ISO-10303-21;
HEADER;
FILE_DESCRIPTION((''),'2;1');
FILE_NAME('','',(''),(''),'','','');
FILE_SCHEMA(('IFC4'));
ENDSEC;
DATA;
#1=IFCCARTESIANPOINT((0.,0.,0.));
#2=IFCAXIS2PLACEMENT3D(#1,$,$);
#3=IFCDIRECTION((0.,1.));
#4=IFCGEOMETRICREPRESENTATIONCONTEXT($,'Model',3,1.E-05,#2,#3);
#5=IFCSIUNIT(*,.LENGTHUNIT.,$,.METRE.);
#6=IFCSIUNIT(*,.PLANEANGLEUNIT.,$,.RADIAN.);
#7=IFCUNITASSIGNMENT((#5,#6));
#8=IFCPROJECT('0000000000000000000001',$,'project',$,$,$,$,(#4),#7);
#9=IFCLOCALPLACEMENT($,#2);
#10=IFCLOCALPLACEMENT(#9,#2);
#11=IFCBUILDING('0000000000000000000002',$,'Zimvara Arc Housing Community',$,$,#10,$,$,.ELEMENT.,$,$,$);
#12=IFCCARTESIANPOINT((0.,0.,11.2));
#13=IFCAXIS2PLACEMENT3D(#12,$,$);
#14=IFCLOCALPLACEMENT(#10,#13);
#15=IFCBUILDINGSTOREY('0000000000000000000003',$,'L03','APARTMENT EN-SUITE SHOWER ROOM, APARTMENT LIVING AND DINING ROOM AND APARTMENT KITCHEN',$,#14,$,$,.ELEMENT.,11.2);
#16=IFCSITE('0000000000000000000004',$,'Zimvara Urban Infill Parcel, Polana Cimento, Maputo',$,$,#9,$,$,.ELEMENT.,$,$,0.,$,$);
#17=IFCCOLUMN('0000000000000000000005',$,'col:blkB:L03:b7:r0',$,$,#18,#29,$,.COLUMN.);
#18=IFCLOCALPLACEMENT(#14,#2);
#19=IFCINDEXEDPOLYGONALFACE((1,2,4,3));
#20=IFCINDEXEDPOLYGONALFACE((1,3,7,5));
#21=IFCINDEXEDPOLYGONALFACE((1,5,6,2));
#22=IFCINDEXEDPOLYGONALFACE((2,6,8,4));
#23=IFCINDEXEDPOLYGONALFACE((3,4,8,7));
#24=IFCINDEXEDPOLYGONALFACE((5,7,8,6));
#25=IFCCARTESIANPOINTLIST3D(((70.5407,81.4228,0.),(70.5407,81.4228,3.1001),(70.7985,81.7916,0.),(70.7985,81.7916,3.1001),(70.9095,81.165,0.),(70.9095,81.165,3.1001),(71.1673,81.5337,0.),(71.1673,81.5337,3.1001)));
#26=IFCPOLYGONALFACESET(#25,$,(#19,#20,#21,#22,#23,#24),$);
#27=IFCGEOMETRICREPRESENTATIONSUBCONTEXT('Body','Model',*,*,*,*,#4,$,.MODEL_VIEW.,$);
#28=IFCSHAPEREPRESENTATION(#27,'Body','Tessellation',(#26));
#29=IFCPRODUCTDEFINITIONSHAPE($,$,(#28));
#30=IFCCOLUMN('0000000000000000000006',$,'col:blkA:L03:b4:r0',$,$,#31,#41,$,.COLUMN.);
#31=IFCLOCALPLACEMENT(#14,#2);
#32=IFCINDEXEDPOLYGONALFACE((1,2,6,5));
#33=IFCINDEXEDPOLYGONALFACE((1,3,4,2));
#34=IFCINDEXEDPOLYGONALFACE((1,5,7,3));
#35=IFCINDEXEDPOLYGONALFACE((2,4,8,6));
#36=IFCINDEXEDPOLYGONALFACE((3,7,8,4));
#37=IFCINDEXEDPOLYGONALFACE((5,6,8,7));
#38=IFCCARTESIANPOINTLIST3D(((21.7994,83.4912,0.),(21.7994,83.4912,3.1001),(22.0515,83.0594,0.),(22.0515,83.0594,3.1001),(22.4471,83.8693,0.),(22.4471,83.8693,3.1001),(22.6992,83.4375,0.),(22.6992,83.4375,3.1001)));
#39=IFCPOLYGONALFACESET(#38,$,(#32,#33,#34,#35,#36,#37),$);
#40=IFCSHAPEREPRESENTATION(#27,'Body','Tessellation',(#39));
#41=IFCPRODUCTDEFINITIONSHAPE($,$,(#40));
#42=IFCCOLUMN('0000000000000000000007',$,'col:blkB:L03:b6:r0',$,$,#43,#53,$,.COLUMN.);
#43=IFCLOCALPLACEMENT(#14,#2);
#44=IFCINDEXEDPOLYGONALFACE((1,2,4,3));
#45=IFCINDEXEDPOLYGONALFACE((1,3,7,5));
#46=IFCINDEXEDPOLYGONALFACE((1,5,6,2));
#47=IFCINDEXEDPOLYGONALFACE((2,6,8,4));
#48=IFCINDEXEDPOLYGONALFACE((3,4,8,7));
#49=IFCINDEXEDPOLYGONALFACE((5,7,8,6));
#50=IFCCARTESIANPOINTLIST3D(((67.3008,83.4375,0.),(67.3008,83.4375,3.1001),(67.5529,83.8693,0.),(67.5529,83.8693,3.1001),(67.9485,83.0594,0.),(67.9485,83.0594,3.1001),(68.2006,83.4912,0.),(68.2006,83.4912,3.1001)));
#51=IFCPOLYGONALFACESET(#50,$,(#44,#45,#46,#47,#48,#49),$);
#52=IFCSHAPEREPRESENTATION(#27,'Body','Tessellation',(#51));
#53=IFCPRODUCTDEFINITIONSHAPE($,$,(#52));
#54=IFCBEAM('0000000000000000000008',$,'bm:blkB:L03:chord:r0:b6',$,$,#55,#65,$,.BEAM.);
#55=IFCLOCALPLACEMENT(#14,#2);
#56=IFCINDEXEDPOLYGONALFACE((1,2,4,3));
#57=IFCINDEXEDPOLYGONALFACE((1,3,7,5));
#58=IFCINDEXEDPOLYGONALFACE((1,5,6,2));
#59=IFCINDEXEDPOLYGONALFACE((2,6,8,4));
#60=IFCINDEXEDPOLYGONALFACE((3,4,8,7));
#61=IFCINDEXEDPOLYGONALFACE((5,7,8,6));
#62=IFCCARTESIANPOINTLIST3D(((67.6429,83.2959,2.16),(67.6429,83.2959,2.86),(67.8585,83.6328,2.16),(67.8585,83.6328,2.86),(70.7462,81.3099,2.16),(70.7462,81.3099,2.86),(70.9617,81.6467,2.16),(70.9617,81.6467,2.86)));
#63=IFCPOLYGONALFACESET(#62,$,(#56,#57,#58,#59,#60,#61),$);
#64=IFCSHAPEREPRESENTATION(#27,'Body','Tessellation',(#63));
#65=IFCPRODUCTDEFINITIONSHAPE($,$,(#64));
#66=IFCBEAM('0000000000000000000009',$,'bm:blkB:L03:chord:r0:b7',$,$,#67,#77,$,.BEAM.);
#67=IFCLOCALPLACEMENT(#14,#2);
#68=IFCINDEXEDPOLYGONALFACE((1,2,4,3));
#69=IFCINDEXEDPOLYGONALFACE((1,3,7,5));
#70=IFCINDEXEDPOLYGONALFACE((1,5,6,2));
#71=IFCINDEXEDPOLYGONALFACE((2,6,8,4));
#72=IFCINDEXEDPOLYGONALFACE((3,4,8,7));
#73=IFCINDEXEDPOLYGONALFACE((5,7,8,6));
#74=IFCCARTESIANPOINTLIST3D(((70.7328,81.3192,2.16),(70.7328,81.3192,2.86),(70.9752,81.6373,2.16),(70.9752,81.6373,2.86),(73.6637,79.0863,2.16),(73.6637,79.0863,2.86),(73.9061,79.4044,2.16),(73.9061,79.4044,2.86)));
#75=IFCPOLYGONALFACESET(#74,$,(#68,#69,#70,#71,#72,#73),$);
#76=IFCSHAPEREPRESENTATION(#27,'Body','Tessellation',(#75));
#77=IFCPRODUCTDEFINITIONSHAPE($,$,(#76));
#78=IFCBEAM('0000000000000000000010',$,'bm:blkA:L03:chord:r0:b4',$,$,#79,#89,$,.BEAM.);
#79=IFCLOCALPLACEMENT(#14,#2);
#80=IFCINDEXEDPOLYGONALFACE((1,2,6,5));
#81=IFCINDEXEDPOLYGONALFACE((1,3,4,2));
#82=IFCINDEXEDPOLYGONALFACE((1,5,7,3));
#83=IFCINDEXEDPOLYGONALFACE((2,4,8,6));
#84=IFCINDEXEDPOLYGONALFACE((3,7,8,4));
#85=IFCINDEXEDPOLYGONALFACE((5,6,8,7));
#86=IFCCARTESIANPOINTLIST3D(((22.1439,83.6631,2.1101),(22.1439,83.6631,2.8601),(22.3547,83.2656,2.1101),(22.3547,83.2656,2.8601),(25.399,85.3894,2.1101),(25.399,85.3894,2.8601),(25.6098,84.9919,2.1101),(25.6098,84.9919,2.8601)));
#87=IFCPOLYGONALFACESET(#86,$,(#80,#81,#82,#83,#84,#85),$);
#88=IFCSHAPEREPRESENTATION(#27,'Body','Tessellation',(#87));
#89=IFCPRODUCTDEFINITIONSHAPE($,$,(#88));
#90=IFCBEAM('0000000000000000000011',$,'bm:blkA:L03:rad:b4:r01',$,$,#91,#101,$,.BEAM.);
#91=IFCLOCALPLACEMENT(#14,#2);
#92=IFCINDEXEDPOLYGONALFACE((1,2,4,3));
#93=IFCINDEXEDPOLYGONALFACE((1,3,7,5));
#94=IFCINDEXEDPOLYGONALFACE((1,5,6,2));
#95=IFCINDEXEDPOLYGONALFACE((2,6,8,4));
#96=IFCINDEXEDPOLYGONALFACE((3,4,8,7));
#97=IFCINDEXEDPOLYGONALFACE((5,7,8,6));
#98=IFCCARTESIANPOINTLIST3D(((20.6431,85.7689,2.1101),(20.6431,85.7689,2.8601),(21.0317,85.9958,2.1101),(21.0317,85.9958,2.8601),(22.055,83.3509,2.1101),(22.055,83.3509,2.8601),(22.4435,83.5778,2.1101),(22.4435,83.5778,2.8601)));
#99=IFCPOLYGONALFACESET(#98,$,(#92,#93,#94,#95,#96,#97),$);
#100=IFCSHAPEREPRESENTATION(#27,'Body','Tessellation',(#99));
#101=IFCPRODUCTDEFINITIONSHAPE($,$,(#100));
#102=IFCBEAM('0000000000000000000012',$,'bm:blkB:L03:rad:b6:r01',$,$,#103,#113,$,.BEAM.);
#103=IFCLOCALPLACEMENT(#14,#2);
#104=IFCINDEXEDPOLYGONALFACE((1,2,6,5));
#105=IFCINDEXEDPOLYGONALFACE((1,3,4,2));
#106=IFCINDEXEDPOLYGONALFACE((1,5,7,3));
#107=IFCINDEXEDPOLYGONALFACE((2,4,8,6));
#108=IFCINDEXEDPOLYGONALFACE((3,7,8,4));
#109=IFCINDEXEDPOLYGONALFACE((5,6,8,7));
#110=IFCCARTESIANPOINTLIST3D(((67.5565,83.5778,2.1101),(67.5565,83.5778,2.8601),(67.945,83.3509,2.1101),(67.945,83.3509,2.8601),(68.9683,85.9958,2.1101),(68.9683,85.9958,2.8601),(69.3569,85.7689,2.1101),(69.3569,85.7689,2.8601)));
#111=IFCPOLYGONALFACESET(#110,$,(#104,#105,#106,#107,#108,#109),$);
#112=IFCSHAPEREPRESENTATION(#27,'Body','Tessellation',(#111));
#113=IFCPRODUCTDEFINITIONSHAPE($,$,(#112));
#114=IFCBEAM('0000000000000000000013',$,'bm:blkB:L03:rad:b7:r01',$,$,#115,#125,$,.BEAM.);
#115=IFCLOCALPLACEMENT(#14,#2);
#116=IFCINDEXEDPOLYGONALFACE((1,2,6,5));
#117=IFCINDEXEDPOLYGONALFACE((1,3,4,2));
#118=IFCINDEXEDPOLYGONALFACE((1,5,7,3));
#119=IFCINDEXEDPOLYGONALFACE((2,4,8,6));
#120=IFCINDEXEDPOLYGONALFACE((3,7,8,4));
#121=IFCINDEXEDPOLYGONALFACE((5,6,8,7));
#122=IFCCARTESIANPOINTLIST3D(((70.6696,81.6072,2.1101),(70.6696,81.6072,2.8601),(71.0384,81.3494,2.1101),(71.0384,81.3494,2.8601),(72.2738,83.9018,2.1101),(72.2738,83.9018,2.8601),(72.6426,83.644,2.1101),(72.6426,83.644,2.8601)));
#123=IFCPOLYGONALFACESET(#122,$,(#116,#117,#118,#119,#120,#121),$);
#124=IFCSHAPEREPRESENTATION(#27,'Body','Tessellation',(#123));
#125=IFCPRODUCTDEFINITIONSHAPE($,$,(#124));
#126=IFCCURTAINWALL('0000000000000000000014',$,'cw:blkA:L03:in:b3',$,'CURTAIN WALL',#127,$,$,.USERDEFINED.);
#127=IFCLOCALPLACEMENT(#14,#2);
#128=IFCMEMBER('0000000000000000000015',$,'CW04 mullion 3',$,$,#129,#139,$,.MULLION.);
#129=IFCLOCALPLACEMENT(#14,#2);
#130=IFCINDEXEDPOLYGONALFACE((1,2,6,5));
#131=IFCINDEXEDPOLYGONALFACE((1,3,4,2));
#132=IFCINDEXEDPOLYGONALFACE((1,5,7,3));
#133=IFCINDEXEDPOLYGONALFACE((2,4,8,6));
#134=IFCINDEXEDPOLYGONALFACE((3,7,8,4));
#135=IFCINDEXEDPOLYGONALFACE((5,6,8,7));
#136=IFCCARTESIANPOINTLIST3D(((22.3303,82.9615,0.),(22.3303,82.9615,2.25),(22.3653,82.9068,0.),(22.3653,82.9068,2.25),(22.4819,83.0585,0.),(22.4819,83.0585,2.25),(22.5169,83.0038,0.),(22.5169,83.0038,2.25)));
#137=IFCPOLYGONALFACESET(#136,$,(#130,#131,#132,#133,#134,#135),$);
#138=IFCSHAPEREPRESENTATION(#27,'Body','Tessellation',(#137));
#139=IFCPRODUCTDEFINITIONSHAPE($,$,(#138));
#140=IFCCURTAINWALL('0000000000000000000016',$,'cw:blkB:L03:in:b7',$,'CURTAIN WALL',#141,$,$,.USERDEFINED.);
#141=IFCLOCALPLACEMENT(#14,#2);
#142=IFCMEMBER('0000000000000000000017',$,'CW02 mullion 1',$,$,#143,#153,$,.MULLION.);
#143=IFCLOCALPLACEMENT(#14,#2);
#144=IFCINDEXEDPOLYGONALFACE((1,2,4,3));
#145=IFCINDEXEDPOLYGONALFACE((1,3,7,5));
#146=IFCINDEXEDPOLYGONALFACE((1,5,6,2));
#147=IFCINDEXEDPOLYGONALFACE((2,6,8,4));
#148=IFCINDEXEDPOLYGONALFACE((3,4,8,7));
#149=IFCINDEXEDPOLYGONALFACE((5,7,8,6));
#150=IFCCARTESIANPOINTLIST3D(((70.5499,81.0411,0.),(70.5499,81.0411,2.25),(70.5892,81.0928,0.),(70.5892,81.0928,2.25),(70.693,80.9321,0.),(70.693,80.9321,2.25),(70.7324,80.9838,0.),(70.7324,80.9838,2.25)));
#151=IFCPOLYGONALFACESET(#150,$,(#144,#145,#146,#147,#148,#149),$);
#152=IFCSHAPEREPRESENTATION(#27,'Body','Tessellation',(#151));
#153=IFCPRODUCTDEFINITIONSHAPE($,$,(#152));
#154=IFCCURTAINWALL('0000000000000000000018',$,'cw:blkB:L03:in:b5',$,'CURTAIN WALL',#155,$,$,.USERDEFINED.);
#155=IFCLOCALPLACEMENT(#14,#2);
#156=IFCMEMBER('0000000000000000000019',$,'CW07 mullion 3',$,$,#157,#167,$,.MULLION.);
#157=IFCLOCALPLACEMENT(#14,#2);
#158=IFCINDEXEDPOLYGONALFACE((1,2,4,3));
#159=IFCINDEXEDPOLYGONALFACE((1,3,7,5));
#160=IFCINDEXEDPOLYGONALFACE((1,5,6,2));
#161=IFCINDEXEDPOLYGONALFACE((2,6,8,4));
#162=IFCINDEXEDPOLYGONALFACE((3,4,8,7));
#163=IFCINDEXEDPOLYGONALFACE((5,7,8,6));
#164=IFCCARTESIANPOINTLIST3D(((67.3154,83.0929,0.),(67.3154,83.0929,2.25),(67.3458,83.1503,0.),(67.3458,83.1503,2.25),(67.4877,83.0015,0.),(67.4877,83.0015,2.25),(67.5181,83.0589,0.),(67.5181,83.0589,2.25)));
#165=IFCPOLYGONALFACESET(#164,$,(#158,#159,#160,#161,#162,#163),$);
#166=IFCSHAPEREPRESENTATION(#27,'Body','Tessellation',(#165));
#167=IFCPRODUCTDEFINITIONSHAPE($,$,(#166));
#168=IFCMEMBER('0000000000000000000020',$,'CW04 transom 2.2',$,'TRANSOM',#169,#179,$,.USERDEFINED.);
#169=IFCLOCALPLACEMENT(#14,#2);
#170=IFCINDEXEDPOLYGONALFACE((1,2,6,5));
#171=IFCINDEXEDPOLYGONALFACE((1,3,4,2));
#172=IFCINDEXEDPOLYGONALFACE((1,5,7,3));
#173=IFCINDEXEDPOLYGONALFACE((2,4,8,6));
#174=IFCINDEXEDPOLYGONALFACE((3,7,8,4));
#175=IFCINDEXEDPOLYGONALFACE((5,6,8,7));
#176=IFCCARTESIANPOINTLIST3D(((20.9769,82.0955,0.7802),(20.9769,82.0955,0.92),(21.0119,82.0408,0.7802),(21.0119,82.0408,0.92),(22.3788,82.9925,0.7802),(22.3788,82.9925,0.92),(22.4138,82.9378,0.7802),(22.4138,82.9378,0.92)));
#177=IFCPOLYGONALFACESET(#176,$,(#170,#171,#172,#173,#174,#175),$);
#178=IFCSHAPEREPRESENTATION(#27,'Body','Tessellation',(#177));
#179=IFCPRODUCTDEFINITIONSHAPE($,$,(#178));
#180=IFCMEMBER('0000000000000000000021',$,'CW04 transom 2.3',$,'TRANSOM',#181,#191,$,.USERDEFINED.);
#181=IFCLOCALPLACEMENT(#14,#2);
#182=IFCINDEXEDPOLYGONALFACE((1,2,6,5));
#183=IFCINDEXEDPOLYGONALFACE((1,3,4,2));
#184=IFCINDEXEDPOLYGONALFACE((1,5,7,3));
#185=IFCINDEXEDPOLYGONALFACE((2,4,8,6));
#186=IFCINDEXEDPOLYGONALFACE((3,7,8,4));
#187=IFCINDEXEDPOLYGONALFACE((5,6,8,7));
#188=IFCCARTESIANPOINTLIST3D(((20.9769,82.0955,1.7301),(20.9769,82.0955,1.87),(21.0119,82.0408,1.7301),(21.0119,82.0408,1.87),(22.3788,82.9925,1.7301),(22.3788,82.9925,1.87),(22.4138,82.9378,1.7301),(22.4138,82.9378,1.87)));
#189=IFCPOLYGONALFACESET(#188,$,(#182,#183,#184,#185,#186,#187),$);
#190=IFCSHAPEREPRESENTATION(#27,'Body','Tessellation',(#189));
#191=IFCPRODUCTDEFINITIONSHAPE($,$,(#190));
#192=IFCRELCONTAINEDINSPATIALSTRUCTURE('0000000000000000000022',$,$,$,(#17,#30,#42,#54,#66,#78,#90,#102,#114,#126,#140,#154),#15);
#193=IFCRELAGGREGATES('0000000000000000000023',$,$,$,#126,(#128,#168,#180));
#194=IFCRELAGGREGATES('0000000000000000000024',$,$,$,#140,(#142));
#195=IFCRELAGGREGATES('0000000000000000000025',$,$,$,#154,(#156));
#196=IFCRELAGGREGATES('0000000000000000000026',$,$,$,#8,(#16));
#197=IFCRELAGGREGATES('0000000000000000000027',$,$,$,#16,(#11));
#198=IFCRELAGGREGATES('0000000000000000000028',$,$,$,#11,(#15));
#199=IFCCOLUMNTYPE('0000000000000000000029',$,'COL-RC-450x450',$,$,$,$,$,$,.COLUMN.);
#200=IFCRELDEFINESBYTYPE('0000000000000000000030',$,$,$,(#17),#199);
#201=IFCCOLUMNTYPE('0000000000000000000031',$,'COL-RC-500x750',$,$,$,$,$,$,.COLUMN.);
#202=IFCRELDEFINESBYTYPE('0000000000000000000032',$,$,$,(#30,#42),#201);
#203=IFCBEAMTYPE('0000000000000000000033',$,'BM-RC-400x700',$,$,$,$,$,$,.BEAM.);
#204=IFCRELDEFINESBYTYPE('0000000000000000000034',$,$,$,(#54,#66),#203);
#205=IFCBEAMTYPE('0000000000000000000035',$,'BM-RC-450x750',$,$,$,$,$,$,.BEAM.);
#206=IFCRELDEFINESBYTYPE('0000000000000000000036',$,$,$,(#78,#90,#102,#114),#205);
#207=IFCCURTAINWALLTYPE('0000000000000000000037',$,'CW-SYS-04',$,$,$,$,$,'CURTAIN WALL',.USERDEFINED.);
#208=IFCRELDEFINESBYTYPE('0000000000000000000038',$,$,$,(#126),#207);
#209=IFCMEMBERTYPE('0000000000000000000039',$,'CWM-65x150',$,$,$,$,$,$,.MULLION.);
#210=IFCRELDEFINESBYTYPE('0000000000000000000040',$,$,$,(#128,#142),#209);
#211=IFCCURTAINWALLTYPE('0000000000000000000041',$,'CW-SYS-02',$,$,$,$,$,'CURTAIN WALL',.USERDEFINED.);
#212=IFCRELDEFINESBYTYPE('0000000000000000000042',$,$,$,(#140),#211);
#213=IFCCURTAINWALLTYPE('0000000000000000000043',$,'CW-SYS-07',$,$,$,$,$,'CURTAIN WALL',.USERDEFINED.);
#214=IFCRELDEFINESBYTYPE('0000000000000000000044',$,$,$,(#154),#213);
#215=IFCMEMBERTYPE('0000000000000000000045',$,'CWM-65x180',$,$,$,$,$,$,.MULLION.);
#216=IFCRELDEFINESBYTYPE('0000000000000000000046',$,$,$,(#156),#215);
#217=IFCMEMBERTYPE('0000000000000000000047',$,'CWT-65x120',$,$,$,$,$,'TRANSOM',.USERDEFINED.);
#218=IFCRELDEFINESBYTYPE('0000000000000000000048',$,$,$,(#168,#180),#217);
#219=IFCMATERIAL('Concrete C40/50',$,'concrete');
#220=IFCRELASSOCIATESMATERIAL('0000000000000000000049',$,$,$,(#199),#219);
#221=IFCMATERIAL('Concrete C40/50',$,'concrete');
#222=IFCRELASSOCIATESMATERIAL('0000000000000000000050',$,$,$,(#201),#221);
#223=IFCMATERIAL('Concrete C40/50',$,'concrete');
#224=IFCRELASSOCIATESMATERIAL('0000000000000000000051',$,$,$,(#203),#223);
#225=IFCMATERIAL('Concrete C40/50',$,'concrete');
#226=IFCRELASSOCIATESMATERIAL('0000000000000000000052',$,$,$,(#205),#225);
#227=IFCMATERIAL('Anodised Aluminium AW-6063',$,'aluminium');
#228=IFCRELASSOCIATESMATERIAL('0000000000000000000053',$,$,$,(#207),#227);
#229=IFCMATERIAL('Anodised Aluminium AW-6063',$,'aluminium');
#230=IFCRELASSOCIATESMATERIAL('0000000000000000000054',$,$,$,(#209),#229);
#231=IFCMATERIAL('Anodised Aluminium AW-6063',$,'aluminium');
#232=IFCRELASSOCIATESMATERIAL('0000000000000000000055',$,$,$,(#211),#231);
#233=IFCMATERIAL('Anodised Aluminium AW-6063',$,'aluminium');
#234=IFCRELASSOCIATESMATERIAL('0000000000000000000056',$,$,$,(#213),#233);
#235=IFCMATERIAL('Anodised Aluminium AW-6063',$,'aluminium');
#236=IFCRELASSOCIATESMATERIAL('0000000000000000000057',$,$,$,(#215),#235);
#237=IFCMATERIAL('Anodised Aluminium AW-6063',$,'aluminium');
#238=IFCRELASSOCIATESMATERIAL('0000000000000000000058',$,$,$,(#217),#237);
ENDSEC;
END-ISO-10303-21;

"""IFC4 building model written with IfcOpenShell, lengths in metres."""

from ifc_helpers import new_model, si_unit, direction, frame, origin, origin_2d, place, context, subcontext, project, spatial, rectangle, extrude, material, material_profile, profile_set, type_object, element, aggregate, save


model = new_model("IFC4")

# Units and contexts
model_context = context("Model", 3, precision=1e-05, world=origin(), true_north=direction((0.0, 1.0)))
body_context = subcontext(model_context, "Body", "Model", "MODEL_VIEW")
ifc_project = project(units=[si_unit("LENGTHUNIT", "METRE"), si_unit("PLANEANGLEUNIT", "RADIAN")], contexts=[model_context])

# Site, building, storey
site_placement = place(None, origin())
site = spatial("IfcSite", under=ifc_project, at=site_placement, Name="Zimvara Urban Infill Parcel, Polana Cimento, Maputo", CompositionType="ELEMENT", RefElevation=0.0)
building_placement = place(site_placement, origin())
building = spatial("IfcBuilding", under=site, at=building_placement, Name="Zimvara Arc Housing Community", CompositionType="ELEMENT")
storey_placement = place(building_placement, frame((0.0, 0.0, 11.2)))
storey = spatial("IfcBuildingStorey", under=building, at=storey_placement, Name="L03", Description="APARTMENT EN-SUITE SHOWER ROOM, APARTMENT LIVING AND DINING ROOM AND APARTMENT KITCHEN", CompositionType="ELEMENT", Elevation=11.2)

# Columns
ifc_material_1 = material(Name="Concrete C40/50", Category="concrete")
ifc_material_profile_1 = material_profile(ifc_material_1, rectangle(XDim=0.45, YDim=0.45, at=origin_2d()), Name="RC 450x450")
ifc_profile_set_1 = profile_set([ifc_material_profile_1], Name="Concrete C40/50")
column_type_1 = type_object("IfcColumnType", Name="COL-RC-450x450", PredefinedType="COLUMN", material=ifc_profile_set_1)
column_placement = place(storey_placement, frame((70.854, 81.4783, 0.0), z_axis=(0.0, 0.0, 1.0), x_axis=(0.573004, 0.819552, 0.0)))
element("IfcColumn", 1, at=column_placement, inside=storey, type_object=column_type_1, Name="col:blkB:L03:b7:r0", PredefinedType="COLUMN", context=body_context, shape_type="SweptSolid", body=[
    extrude(rectangle(XDim=0.45, YDim=0.45, at=origin_2d()), origin(), (0.0, 0.0, 1.0), 3.1001),
])
ifc_material_2 = material(Name="Concrete C40/50", Category="concrete")
ifc_material_profile_2 = material_profile(ifc_material_2, rectangle(XDim=0.5, YDim=0.75, at=origin_2d()), Name="RC 500x750")
ifc_profile_set_2 = profile_set([ifc_material_profile_2], Name="Concrete C40/50")
column_type_2 = type_object("IfcColumnType", Name="COL-RC-500x750", PredefinedType="COLUMN", material=ifc_profile_set_2)
for number, where, z_axis, x_axis, name in (
    (2, (22.2493, 83.4644, 0.0), (0.0, 0.0, 1.0), (-0.504226, 0.863572, 0.0), "col:blkA:L03:b4:r0"),
    (3, (67.7507, 83.4644, 0.0), (0.0, 0.0, 1.0), (0.504226, 0.863572, 0.0), "col:blkB:L03:b6:r0"),
):
    element("IfcColumn", number, at=place(storey_placement, frame(where, z_axis=z_axis, x_axis=x_axis)), inside=storey, type_object=column_type_2, Name=name, PredefinedType="COLUMN", context=body_context, shape_type="SweptSolid", body=[
        extrude(rectangle(XDim=0.5, YDim=0.75, at=origin_2d()), origin(), (0.0, 0.0, 1.0), 3.1001),
    ])

# Beams
ifc_material_3 = material(Name="Concrete C40/50", Category="concrete")
ifc_material_profile_3 = material_profile(ifc_material_3, rectangle(XDim=0.3999, YDim=0.7, at=origin_2d()), Name="RC 400x700")
ifc_profile_set_3 = profile_set([ifc_material_profile_3], Name="Concrete C40/50")
beam_type_1 = type_object("IfcBeamType", Name="BM-RC-400x700", PredefinedType="BEAM", material=ifc_profile_set_3)
beam_1_placement = place(storey_placement, frame((67.7507, 83.4644, 2.51), z_axis=(0.842273, -0.539052, 0.0), x_axis=(0.539052, 0.842273, 0.0)))
element("IfcBeam", 4, at=beam_1_placement, inside=storey, type_object=beam_type_1, Name="bm:blkB:L03:chord:r0:b6", PredefinedType="BEAM", context=body_context, shape_type="SweptSolid", body=[
    extrude(rectangle(XDim=0.3999, YDim=0.7, at=origin_2d()), origin(), (0.0, 0.0, 1.0), 3.6843),
])
beam_2_placement = place(storey_placement, frame((70.854, 81.4783, 2.51), z_axis=(0.795453, -0.606015, 0.0), x_axis=(0.606015, 0.795453, 0.0)))
element("IfcBeam", 5, at=beam_2_placement, inside=storey, type_object=beam_type_1, Name="bm:blkB:L03:chord:r0:b7", PredefinedType="BEAM", context=body_context, shape_type="SweptSolid", body=[
    extrude(rectangle(XDim=0.3999, YDim=0.7, at=origin_2d()), origin(), (0.0, 0.0, 1.0), 3.6846),
])
ifc_material_4 = material(Name="Concrete C40/50", Category="concrete")
ifc_material_profile_4 = material_profile(ifc_material_4, rectangle(XDim=0.45, YDim=0.75, at=origin_2d()), Name="RC 450x750")
ifc_profile_set_4 = profile_set([ifc_material_profile_4], Name="Concrete C40/50")
beam_type_2 = type_object("IfcBeamType", Name="BM-RC-450x750", PredefinedType="BEAM", material=ifc_profile_set_4)
beam_3_placement = place(storey_placement, frame((22.2493, 83.4644, 2.4851), z_axis=(0.883449, 0.468527, 0.0), x_axis=(-0.468527, 0.883449, 0.0)))
element("IfcBeam", 6, at=beam_3_placement, inside=storey, type_object=beam_type_2, Name="bm:blkA:L03:chord:r0:b4", PredefinedType="BEAM", context=body_context, shape_type="SweptSolid", body=[
    extrude(rectangle(XDim=0.45, YDim=0.75, at=origin_2d()), origin(), (0.0, 0.0, 1.0), 3.6846),
])
for number, where, z_axis, x_axis, name in (
    (7, (22.2493, 83.4644, 2.4851), (-0.50424, 0.863564, 0.0), (-0.863564, -0.50424, 0.0), "bm:blkA:L03:rad:b4:r01"),
    (8, (67.7507, 83.4644, 2.4851), (0.50424, 0.863564, 0.0), (-0.863564, 0.50424, 0.0), "bm:blkB:L03:rad:b6:r01"),
):
    element("IfcBeam", number, at=place(storey_placement, frame(where, z_axis=z_axis, x_axis=x_axis)), inside=storey, type_object=beam_type_2, Name=name, PredefinedType="BEAM", context=body_context, shape_type="SweptSolid", body=[
        extrude(rectangle(XDim=0.45, YDim=0.75, at=origin_2d()), origin(), (0.0, 0.0, 1.0), 2.8),
    ])
beam_4_placement = place(storey_placement, frame((70.854, 81.4783, 2.4851), z_axis=(0.572977, 0.819572, 0.0), x_axis=(-0.819572, 0.572977, 0.0)))
element("IfcBeam", 9, at=beam_4_placement, inside=storey, type_object=beam_type_2, Name="bm:blkB:L03:rad:b7:r01", PredefinedType="BEAM", context=body_context, shape_type="SweptSolid", body=[
    extrude(rectangle(XDim=0.45, YDim=0.75, at=origin_2d()), origin(), (0.0, 0.0, 1.0), 2.7998),
])

# Curtain walls, members
ifc_material_5 = material(Name="Anodised Aluminium AW-6063", Category="aluminium")
curtain_wall_type_1 = type_object("IfcCurtainWallType", Name="CW-SYS-04", ElementType="CURTAIN WALL", PredefinedType="USERDEFINED", material=ifc_material_5)
curtain_wall_1_placement = place(storey_placement, origin())
curtain_wall_1 = element("IfcCurtainWall", 10, at=curtain_wall_1_placement, inside=storey, type_object=curtain_wall_type_1, Name="cw:blkA:L03:in:b3", ObjectType="CURTAIN WALL", PredefinedType="USERDEFINED")
ifc_material_6 = material(Name="Anodised Aluminium AW-6063", Category="aluminium")
ifc_material_profile_5 = material_profile(ifc_material_6, rectangle(XDim=0.0649, YDim=0.1799, at=origin_2d()), Name="ALU 65x180")
ifc_profile_set_5 = profile_set([ifc_material_profile_5], Name="Anodised Aluminium AW-6063")
member_type_1 = type_object("IfcMemberType", Name="CWM-65x150", PredefinedType="MULLION", material=ifc_profile_set_5)
member_1_placement = place(storey_placement, frame((22.4236, 82.9827, 0.0), z_axis=(0.0, 0.0, 1.0), x_axis=(-0.539064, 0.842265, 0.0)))
member_1 = element("IfcMember", 11, at=member_1_placement, type_object=member_type_1, Name="CW04 mullion 3", PredefinedType="MULLION", context=body_context, shape_type="SweptSolid", body=[
    extrude(rectangle(XDim=0.0649, YDim=0.1799, at=origin_2d()), origin(), (0.0, 0.0, 1.0), 2.25),
])
ifc_material_7 = material(Name="Anodised Aluminium AW-6063", Category="aluminium")
curtain_wall_type_2 = type_object("IfcCurtainWallType", Name="CW-SYS-02", ElementType="CURTAIN WALL", PredefinedType="USERDEFINED", material=ifc_material_7)
curtain_wall_2_placement = place(storey_placement, origin())
curtain_wall_2 = element("IfcCurtainWall", 12, at=curtain_wall_2_placement, inside=storey, type_object=curtain_wall_type_2, Name="cw:blkB:L03:in:b7", ObjectType="CURTAIN WALL", PredefinedType="USERDEFINED")
member_2_placement = place(storey_placement, frame((70.6411, 81.0125, 0.0), z_axis=(0.0, 0.0, 1.0), x_axis=(0.605988, 0.795474, 0.0)))
member_2 = element("IfcMember", 13, at=member_2_placement, type_object=member_type_1, Name="CW02 mullion 1", PredefinedType="MULLION", context=body_context, shape_type="SweptSolid", body=[
    extrude(rectangle(XDim=0.0649, YDim=0.1799, at=origin_2d()), origin(), (0.0, 0.0, 1.0), 2.25),
])
ifc_material_8 = material(Name="Anodised Aluminium AW-6063", Category="aluminium")
curtain_wall_type_3 = type_object("IfcCurtainWallType", Name="CW-SYS-07", ElementType="CURTAIN WALL", PredefinedType="USERDEFINED", material=ifc_material_8)
curtain_wall_3_placement = place(storey_placement, origin())
curtain_wall_3 = element("IfcCurtainWall", 14, at=curtain_wall_3_placement, inside=storey, type_object=curtain_wall_type_3, Name="cw:blkB:L03:in:b5", ObjectType="CURTAIN WALL", PredefinedType="USERDEFINED")
ifc_material_9 = material(Name="Anodised Aluminium AW-6063", Category="aluminium")
ifc_material_profile_6 = material_profile(ifc_material_9, rectangle(XDim=0.0649, YDim=0.1951, at=origin_2d()), Name="ALU 65x195")
ifc_profile_set_6 = profile_set([ifc_material_profile_6], Name="Anodised Aluminium AW-6063")
member_type_2 = type_object("IfcMemberType", Name="CWM-65x180", PredefinedType="MULLION", material=ifc_profile_set_6)
member_3_placement = place(storey_placement, frame((67.4167, 83.0759, 0.0), z_axis=(0.0, 0.0, 1.0), x_axis=(0.468545, 0.88344, 0.0)))
member_3 = element("IfcMember", 15, at=member_3_placement, type_object=member_type_2, Name="CW07 mullion 3", PredefinedType="MULLION", context=body_context, shape_type="SweptSolid", body=[
    extrude(rectangle(XDim=0.0649, YDim=0.1951, at=origin_2d()), origin(), (0.0, 0.0, 1.0), 2.25),
])

# Members
ifc_material_10 = material(Name="Anodised Aluminium AW-6063", Category="aluminium")
ifc_material_profile_7 = material_profile(ifc_material_10, rectangle(XDim=0.0649, YDim=0.1399, at=origin_2d()), Name="ALU 65x140")
ifc_profile_set_7 = profile_set([ifc_material_profile_7], Name="Anodised Aluminium AW-6063")
member_type_3 = type_object("IfcMemberType", Name="CWT-65x120", ElementType="TRANSOM", PredefinedType="USERDEFINED", material=ifc_profile_set_7)
member_4_placement = place(storey_placement, frame((20.9944, 82.0681, 0.8501), z_axis=(0.84233, 0.538962, 0.0), x_axis=(-0.538962, 0.84233, 0.0)))
member_4 = element("IfcMember", 16, at=member_4_placement, type_object=member_type_3, Name="CW04 transom 2.2", ObjectType="TRANSOM", PredefinedType="USERDEFINED", context=body_context, shape_type="SweptSolid", body=[
    extrude(rectangle(XDim=0.0649, YDim=0.1399, at=origin_2d()), origin(), (0.0, 0.0, 1.0), 1.6643),
])
member_5_placement = place(storey_placement, frame((20.9944, 82.0681, 1.8), z_axis=(0.84233, 0.538962, 0.0), x_axis=(-0.538962, 0.84233, 0.0)))
member_5 = element("IfcMember", 17, at=member_5_placement, type_object=member_type_3, Name="CW04 transom 2.3", ObjectType="TRANSOM", PredefinedType="USERDEFINED", context=body_context, shape_type="SweptSolid", body=[
    extrude(rectangle(XDim=0.0649, YDim=0.1399, at=origin_2d()), origin(), (0.0, 0.0, 1.0), 1.6643),
])

aggregate(curtain_wall_1, [member_1, member_4, member_5])
aggregate(curtain_wall_2, [member_2])
aggregate(curtain_wall_3, [member_3])

save(model, "model.ifc")
